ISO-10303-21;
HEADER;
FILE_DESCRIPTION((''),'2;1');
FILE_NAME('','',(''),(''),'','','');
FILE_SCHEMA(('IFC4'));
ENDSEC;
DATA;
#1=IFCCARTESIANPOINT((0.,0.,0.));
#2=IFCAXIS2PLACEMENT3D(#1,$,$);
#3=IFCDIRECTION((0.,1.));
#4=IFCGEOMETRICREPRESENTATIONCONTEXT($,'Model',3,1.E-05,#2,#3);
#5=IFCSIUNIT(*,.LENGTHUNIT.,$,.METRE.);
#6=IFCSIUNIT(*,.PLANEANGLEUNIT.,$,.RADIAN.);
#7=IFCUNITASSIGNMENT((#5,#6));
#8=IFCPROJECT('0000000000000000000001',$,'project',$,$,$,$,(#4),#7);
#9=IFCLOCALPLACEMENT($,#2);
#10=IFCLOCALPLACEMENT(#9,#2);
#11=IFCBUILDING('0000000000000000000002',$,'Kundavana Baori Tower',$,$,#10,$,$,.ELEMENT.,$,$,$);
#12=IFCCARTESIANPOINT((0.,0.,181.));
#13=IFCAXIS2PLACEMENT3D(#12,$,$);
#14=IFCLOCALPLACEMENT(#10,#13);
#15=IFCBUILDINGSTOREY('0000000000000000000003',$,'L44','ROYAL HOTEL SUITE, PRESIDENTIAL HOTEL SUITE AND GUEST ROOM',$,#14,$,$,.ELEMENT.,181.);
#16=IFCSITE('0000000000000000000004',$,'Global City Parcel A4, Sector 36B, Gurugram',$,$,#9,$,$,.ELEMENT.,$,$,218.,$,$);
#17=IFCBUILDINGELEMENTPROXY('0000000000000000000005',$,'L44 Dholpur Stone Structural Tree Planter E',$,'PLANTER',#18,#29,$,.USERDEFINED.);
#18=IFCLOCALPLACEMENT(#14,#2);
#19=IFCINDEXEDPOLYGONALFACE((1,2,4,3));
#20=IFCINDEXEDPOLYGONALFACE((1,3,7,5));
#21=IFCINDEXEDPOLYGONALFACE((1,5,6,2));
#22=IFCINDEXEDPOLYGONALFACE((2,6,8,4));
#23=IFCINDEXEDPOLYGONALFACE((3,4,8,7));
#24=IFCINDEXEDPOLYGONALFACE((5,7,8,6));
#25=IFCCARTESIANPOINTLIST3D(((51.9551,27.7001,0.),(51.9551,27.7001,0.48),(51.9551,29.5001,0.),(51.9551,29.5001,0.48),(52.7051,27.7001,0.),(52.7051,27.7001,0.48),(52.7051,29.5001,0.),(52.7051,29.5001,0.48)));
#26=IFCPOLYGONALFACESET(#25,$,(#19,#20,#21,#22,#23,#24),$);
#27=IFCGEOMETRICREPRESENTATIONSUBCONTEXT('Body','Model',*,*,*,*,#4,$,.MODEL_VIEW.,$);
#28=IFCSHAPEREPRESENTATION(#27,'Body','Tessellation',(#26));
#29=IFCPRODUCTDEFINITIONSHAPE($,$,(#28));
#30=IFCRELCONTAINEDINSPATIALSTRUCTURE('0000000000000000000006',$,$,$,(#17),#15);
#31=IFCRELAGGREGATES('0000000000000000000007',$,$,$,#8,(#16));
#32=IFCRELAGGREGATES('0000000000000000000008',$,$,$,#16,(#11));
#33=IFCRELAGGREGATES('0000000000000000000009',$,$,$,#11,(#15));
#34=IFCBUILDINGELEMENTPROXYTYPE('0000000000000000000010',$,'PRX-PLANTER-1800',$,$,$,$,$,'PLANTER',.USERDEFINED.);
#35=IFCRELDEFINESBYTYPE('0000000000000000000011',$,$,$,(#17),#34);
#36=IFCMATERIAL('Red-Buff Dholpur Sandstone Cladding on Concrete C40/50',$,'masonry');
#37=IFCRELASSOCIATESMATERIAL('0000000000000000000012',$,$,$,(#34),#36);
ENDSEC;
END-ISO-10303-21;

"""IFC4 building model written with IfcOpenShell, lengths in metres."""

from ifc_helpers import new_model, si_unit, direction, frame, origin, origin_2d, place, context, subcontext, project, spatial, rectangle, extrude, material, type_object, element, save


model = new_model("IFC4")

# Units and contexts
model_context = context("Model", 3, precision=1e-05, world=origin(), true_north=direction((0.0, 1.0)))
body_context = subcontext(model_context, "Body", "Model", "MODEL_VIEW")
ifc_project = project(units=[si_unit("LENGTHUNIT", "METRE"), si_unit("PLANEANGLEUNIT", "RADIAN")], contexts=[model_context])

# Site, building, storey
site_placement = place(None, origin())
site = spatial("IfcSite", under=ifc_project, at=site_placement, Name="Global City Parcel A4, Sector 36B, Gurugram", CompositionType="ELEMENT", RefElevation=218.0)
building_placement = place(site_placement, origin())
building = spatial("IfcBuilding", under=site, at=building_placement, Name="Kundavana Baori Tower", CompositionType="ELEMENT")
storey_placement = place(building_placement, frame((0.0, 0.0, 181.0)))
storey = spatial("IfcBuildingStorey", under=building, at=storey_placement, Name="L44", Description="ROYAL HOTEL SUITE, PRESIDENTIAL HOTEL SUITE AND GUEST ROOM", CompositionType="ELEMENT", Elevation=181.0)

# Building element proxy
ifc_material_1 = material(Name="Red-Buff Dholpur Sandstone Cladding on Concrete C40/50", Category="masonry")
building_element_proxy_type = type_object("IfcBuildingElementProxyType", Name="PRX-PLANTER-1800", ElementType="PLANTER", PredefinedType="USERDEFINED", material=ifc_material_1)
proxy_placement = place(storey_placement, frame((52.3301, 28.6001, 0.0), z_axis=(0.0, 0.0, 1.0), x_axis=(0.0, 1.0, 0.0)))
element("IfcBuildingElementProxy", 1, at=proxy_placement, inside=storey, type_object=building_element_proxy_type, Name="L44 Dholpur Stone Structural Tree Planter E", ObjectType="PLANTER", PredefinedType="USERDEFINED", context=body_context, shape_type="SweptSolid", body=[
    extrude(rectangle(XDim=1.8, YDim=0.75, at=origin_2d()), origin(), (0.0, 0.0, 1.0), 0.48),
])

save(model, "model.ifc")
